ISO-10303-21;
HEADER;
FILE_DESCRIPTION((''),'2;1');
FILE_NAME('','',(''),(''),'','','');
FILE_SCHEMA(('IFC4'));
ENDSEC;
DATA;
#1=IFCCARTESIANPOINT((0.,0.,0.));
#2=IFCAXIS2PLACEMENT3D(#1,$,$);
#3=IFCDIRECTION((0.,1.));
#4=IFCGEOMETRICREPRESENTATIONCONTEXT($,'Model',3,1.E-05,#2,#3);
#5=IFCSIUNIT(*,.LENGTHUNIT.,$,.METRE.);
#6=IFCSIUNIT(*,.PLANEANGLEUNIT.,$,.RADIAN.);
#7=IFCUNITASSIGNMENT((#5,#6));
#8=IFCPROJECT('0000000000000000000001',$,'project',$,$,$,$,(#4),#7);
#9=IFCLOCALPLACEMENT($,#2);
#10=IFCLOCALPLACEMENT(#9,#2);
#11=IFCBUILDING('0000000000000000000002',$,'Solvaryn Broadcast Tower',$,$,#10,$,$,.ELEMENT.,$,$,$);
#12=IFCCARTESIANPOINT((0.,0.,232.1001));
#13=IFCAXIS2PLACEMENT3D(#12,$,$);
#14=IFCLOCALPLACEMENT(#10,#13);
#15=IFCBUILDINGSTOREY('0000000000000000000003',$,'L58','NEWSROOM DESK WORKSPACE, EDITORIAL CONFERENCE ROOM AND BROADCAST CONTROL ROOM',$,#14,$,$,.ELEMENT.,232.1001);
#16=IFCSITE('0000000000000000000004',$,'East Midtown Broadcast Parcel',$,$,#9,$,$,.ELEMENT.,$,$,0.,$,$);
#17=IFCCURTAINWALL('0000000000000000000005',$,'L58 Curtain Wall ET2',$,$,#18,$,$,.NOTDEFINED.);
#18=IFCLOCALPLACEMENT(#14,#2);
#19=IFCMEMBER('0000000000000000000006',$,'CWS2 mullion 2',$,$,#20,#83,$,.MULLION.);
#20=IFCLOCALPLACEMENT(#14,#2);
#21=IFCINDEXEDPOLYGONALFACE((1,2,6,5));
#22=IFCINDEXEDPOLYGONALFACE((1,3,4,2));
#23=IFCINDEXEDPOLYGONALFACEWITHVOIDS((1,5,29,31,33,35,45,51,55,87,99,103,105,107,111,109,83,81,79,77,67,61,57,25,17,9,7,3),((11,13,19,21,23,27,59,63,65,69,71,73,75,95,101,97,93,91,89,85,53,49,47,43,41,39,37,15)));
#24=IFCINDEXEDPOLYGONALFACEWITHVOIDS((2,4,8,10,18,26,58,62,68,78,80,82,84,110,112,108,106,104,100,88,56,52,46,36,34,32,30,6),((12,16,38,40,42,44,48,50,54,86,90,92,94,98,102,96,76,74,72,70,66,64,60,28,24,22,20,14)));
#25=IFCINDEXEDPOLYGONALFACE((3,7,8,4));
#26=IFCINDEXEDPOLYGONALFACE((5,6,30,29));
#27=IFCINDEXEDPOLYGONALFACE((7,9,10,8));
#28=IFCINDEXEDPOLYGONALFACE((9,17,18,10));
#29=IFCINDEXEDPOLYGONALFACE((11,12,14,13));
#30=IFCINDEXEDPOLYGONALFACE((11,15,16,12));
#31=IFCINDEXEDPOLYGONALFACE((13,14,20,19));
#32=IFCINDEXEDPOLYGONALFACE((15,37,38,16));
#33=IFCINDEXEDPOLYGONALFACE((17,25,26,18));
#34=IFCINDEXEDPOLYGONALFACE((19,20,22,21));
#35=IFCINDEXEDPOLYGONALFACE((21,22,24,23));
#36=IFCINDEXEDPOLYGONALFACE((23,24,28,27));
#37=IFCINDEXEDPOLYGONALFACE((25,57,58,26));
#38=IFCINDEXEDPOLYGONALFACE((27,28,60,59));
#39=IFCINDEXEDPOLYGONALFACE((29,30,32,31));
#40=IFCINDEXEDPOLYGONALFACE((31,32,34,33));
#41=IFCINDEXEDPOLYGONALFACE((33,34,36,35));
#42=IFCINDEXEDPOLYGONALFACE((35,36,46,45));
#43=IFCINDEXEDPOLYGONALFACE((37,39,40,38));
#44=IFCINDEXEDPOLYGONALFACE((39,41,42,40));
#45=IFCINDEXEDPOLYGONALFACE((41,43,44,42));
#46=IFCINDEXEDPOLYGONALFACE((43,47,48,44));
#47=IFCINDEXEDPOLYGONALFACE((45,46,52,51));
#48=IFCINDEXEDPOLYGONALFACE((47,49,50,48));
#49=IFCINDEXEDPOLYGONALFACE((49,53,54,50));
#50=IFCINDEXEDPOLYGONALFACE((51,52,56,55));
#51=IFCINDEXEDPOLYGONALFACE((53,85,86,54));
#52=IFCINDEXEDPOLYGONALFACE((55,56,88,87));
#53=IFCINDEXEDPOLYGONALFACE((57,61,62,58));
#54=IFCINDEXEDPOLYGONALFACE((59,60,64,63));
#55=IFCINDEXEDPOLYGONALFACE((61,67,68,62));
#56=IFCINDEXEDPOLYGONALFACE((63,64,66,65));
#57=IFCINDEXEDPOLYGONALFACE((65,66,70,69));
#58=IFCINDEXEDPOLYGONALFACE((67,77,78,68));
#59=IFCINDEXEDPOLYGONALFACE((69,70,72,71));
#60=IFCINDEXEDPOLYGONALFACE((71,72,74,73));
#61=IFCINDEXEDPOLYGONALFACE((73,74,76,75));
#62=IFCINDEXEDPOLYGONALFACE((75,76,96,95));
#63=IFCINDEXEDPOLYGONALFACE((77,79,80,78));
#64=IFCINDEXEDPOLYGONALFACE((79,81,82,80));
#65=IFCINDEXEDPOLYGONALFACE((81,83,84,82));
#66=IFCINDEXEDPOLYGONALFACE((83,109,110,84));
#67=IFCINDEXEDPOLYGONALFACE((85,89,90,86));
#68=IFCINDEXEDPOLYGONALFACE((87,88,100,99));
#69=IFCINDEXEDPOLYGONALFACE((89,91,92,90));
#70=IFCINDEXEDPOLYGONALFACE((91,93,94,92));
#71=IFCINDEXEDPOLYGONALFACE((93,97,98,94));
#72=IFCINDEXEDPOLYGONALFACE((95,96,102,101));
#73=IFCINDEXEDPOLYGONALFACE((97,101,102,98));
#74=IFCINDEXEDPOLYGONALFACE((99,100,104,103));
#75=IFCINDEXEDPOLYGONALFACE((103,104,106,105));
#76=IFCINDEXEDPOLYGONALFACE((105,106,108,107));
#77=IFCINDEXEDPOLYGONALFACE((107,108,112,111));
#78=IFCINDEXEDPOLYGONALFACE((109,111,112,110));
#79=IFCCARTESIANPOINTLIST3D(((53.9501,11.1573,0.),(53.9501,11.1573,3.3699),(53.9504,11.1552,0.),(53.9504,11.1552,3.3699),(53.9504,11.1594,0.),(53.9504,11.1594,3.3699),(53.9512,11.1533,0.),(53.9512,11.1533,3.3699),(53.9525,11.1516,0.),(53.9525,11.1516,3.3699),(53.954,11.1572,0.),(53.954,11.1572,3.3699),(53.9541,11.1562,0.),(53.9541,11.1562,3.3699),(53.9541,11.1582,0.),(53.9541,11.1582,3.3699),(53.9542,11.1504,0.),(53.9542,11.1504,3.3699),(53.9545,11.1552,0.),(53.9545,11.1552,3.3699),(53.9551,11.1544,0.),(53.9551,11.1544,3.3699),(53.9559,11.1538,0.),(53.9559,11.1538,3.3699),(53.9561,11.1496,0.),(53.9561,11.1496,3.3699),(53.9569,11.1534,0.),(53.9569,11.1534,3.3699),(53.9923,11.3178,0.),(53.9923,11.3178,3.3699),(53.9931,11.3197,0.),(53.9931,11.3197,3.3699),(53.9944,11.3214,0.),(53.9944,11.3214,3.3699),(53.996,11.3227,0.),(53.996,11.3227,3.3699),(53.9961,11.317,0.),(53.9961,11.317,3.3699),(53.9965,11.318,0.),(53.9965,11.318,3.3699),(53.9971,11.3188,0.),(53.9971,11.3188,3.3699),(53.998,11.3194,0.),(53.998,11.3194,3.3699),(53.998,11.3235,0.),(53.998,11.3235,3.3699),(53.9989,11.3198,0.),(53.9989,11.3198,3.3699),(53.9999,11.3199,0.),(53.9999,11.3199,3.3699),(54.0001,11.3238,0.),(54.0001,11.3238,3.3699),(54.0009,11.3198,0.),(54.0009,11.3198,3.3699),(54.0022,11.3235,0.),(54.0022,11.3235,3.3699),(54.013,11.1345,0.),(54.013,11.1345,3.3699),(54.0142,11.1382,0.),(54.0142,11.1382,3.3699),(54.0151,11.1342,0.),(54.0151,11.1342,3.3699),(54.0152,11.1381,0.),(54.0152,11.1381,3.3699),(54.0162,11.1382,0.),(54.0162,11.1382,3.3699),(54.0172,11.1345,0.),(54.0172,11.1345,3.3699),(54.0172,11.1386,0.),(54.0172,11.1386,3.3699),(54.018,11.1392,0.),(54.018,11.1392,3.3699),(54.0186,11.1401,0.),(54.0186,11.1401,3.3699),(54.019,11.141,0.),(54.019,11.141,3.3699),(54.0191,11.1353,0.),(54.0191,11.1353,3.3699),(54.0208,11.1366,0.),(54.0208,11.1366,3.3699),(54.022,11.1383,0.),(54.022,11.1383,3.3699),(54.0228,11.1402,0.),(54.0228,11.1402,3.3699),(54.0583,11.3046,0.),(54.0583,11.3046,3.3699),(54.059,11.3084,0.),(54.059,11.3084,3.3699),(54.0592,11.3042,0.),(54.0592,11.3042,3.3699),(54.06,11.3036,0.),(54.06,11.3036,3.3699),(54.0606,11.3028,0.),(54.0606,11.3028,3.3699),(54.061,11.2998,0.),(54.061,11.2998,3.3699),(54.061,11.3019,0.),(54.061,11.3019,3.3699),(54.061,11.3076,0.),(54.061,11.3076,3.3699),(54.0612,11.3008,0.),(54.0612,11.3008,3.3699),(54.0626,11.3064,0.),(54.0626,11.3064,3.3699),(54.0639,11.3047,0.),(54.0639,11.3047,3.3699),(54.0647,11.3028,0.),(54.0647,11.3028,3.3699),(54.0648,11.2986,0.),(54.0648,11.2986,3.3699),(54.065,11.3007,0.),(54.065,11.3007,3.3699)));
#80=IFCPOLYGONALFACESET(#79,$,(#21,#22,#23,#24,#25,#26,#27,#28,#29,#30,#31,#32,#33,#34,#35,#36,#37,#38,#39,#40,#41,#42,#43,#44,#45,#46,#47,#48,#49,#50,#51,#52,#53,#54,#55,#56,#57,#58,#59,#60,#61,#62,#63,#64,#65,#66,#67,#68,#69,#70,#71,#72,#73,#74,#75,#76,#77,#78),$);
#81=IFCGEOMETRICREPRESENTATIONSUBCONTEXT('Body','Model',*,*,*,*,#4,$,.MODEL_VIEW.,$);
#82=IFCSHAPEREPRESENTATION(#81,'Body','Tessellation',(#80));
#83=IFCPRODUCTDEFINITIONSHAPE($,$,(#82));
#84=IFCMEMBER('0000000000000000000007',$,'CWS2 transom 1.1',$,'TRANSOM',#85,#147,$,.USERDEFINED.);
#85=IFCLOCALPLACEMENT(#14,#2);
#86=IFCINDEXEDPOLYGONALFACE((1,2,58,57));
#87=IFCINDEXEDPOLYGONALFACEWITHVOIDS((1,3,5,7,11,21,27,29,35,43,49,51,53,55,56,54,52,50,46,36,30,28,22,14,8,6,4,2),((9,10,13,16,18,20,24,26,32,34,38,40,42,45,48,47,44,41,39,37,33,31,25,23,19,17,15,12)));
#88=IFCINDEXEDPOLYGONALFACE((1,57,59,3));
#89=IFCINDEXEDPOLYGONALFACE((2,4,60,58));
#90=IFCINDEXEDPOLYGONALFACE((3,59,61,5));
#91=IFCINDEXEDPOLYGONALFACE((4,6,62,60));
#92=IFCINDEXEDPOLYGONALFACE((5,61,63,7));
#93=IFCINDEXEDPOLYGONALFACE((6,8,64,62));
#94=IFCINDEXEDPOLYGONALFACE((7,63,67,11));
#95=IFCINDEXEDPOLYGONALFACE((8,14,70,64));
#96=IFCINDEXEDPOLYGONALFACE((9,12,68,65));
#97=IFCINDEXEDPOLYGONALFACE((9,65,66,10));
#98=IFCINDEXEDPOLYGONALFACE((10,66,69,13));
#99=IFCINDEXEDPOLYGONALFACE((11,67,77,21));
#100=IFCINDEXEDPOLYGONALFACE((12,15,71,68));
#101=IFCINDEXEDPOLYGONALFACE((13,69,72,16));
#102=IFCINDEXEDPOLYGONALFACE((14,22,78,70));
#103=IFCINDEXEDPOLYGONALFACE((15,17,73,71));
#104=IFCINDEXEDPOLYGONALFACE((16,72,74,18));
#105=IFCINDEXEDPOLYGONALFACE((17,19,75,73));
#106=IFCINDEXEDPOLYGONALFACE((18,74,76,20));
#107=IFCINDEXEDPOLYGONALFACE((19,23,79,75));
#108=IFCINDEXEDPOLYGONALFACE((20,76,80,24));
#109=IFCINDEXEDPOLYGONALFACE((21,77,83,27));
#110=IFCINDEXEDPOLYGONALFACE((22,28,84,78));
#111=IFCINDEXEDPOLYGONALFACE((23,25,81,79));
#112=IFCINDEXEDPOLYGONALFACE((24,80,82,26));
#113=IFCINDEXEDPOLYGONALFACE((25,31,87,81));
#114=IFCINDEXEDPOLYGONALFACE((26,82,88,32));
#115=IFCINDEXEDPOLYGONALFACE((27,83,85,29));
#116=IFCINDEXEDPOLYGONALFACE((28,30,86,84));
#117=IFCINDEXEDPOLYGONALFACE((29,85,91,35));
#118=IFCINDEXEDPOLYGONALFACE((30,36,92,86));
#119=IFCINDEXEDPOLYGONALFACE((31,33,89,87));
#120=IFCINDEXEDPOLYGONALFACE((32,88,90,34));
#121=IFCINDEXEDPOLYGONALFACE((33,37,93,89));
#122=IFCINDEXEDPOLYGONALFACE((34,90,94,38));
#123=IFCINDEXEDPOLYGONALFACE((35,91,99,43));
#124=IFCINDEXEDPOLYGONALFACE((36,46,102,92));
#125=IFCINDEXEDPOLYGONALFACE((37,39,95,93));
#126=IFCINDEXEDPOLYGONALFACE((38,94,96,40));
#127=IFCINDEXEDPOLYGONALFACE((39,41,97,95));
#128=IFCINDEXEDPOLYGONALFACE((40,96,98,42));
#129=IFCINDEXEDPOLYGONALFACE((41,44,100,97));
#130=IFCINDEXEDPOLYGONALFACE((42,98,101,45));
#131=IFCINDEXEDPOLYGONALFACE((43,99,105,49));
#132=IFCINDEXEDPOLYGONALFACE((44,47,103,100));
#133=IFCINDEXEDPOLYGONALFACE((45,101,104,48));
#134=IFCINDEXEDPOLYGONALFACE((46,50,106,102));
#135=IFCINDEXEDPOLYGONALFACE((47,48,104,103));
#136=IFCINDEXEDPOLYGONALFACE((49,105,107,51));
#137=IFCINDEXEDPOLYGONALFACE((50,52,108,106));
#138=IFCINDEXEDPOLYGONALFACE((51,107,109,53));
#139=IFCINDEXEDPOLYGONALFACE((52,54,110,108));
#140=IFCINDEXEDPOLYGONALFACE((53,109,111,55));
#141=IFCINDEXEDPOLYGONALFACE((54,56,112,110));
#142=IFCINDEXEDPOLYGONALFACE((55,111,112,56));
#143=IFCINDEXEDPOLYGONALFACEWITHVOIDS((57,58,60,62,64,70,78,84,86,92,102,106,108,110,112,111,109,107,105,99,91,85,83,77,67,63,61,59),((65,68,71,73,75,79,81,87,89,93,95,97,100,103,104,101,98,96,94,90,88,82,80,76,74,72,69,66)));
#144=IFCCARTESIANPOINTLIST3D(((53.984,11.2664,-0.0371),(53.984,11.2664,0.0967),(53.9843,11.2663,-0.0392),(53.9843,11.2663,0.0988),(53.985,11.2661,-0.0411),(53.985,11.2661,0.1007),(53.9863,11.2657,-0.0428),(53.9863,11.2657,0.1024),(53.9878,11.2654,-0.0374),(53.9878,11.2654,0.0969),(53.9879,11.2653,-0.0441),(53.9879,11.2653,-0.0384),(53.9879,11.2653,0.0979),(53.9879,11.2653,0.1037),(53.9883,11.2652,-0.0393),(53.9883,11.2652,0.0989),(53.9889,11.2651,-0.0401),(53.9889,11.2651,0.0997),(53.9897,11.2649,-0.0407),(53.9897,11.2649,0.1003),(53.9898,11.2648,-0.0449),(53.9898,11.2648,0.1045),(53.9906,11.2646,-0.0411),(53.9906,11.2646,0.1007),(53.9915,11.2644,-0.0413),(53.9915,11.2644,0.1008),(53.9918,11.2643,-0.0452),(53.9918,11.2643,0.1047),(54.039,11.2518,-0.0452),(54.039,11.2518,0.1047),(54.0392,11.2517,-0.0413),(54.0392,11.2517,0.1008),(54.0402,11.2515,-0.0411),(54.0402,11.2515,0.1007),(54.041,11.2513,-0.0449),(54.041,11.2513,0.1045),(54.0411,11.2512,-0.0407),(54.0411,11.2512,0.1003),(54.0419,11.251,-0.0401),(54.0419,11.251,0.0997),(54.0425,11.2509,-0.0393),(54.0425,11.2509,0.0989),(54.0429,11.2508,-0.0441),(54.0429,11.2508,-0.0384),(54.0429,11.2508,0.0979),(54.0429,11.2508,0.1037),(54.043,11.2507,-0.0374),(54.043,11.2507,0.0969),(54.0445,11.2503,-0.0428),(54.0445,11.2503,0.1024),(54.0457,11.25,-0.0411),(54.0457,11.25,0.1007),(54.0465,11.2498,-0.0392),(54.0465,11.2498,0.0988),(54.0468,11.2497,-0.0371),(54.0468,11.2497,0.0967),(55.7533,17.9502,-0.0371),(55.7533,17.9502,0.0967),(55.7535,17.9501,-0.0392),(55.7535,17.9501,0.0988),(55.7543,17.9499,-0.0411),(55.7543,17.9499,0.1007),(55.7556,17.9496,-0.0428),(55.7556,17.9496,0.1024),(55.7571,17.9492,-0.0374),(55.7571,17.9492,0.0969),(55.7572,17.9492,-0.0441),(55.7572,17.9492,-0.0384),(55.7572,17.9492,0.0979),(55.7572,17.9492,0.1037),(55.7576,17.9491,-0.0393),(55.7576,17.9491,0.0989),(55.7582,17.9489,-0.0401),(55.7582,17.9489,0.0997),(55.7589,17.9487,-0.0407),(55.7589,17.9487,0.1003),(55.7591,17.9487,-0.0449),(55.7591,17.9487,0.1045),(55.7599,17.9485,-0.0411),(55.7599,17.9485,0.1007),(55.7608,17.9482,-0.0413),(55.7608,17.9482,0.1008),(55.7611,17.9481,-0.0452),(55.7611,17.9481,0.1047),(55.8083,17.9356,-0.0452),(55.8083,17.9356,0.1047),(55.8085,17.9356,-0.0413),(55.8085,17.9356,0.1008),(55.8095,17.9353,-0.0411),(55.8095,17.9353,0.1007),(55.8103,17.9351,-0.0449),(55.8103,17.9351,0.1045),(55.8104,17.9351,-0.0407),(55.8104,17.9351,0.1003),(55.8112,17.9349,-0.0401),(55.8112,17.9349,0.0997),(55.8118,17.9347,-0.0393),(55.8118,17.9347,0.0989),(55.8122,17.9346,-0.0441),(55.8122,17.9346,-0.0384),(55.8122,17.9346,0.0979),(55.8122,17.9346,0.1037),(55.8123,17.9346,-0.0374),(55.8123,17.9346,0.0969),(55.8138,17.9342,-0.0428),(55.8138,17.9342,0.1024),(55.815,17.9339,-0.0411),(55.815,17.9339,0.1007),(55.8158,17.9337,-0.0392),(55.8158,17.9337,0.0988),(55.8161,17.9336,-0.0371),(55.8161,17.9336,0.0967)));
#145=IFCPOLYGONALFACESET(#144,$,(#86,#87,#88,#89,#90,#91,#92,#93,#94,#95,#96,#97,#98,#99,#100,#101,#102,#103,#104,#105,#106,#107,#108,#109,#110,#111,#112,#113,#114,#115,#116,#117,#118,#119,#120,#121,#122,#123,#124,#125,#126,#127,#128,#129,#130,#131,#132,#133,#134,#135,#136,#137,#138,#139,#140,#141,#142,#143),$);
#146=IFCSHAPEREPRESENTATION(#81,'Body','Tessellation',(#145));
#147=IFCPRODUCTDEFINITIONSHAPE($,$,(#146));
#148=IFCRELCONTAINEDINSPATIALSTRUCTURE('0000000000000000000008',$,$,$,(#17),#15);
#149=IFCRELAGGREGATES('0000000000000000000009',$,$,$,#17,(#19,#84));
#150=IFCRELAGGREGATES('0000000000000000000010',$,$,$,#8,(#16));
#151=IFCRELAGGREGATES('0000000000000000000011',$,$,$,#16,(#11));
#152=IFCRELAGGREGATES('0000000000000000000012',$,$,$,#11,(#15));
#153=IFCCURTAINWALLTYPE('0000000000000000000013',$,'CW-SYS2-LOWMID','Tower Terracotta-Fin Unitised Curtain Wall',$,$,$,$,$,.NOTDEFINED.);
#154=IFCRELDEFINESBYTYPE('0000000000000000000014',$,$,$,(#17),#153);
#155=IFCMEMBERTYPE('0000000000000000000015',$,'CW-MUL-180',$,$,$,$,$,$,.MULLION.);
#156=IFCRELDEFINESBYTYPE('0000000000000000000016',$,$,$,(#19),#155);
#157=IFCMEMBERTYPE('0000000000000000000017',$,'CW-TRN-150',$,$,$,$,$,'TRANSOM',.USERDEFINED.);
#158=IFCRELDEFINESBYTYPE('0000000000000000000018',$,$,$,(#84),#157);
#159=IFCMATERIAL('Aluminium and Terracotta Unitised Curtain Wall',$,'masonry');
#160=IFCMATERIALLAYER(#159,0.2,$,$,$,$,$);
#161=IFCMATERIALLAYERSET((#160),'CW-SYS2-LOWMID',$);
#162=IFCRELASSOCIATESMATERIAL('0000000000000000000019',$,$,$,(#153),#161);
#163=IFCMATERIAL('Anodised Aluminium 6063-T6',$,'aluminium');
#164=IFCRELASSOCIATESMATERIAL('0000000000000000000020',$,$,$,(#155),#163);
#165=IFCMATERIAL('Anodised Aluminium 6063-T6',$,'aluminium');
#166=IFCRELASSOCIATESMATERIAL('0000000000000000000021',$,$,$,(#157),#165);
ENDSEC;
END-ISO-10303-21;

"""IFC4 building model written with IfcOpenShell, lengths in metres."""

from ifc_helpers import new_model, si_unit, direction, frame, origin, origin_2d, place, context, subcontext, project, spatial, hollow_rectangle, extrude, material, layer, layer_set, material_profile, profile_set, type_object, element, aggregate, save


model = new_model("IFC4")

# Units and contexts
model_context = context("Model", 3, precision=1e-05, world=origin(), true_north=direction((0.0, 1.0)))
body_context = subcontext(model_context, "Body", "Model", "MODEL_VIEW")
ifc_project = project(units=[si_unit("LENGTHUNIT", "METRE"), si_unit("PLANEANGLEUNIT", "RADIAN")], contexts=[model_context])

# Site, building, storey
site_placement = place(None, origin())
site = spatial("IfcSite", under=ifc_project, at=site_placement, Name="East Midtown Broadcast Parcel", CompositionType="ELEMENT", RefElevation=0.0)
building_placement = place(site_placement, origin())
building = spatial("IfcBuilding", under=site, at=building_placement, Name="Solvaryn Broadcast Tower", CompositionType="ELEMENT")
storey_placement = place(building_placement, frame((0.0, 0.0, 232.1001)))
storey = spatial("IfcBuildingStorey", under=building, at=storey_placement, Name="L58", Description="NEWSROOM DESK WORKSPACE, EDITORIAL CONFERENCE ROOM AND BROADCAST CONTROL ROOM", CompositionType="ELEMENT", Elevation=232.1001)

# Shared definitions
ifc_material_1 = material(Name="Aluminium and Terracotta Unitised Curtain Wall", Category="masonry")
ifc_layer_1 = layer(ifc_material_1, 0.2)
ifc_layer_set_1 = layer_set([ifc_layer_1], Name="CW-SYS2-LOWMID")
curtain_wall_type = type_object("IfcCurtainWallType", Name="CW-SYS2-LOWMID", Description="Tower Terracotta-Fin Unitised Curtain Wall", PredefinedType="NOTDEFINED", material=ifc_layer_set_1)
ifc_material_2 = material(Name="Anodised Aluminium 6063-T6", Category="aluminium")
ifc_material_profile_1 = material_profile(ifc_material_2, hollow_rectangle(XDim=0.075, YDim=0.1799, WallThickness=0.0039, InnerFilletRadius=0.0039, OuterFilletRadius=0.0081, at=origin_2d()))
ifc_profile_set_1 = profile_set([ifc_material_profile_1], Name="Anodised Aluminium 6063-T6")
member_type_1 = type_object("IfcMemberType", Name="CW-MUL-180", PredefinedType="MULLION", material=ifc_profile_set_1)

# Curtain wall, members
curtain_wall_1_placement = place(storey_placement, origin())
curtain_wall_1 = element("IfcCurtainWall", 1, at=curtain_wall_1_placement, inside=storey, type_object=curtain_wall_type, Name="L58 Curtain Wall ET2", PredefinedType="NOTDEFINED")
member_1_placement = place(storey_placement, frame((54.0076, 11.229, 0.0), z_axis=(0.0, 0.0, 1.0), x_axis=(0.966705, -0.255893, 0.0)))
member_1 = element("IfcMember", 2, at=member_1_placement, type_object=member_type_1, Name="CWS2 mullion 2", PredefinedType="MULLION", context=body_context, shape_type="SweptSolid", body=[
    extrude(hollow_rectangle(XDim=0.075, YDim=0.1799, WallThickness=0.0039, InnerFilletRadius=0.0039, OuterFilletRadius=0.0081, at=origin_2d()), origin(), (0.0, 0.0, 1.0), 3.3699),
])
ifc_material_3 = material(Name="Anodised Aluminium 6063-T6", Category="aluminium")
ifc_material_profile_2 = material_profile(ifc_material_3, hollow_rectangle(XDim=0.0649, YDim=0.1499, WallThickness=0.0039, InnerFilletRadius=0.0039, OuterFilletRadius=0.0081, at=origin_2d()))
ifc_profile_set_2 = profile_set([ifc_material_profile_2], Name="Anodised Aluminium 6063-T6")
member_type_2 = type_object("IfcMemberType", Name="CW-TRN-150", ElementType="TRANSOM", PredefinedType="USERDEFINED", material=ifc_profile_set_2)
member_2_placement = place(storey_placement, frame((55.7847, 17.9419, 0.0298), z_axis=(-0.255897, -0.966704, 0.0), x_axis=(0.966704, -0.255897, 0.0)))
member_2 = element("IfcMember", 3, at=member_2_placement, type_object=member_type_2, Name="CWS2 transom 1.1", ObjectType="TRANSOM", PredefinedType="USERDEFINED", context=body_context, shape_type="SweptSolid", body=[
    extrude(hollow_rectangle(XDim=0.0649, YDim=0.1499, WallThickness=0.0039, InnerFilletRadius=0.0039, OuterFilletRadius=0.0081, at=origin_2d()), origin(), (0.0, 0.0, 1.0), 6.9141),
])

aggregate(curtain_wall_1, [member_1, member_2])

save(model, "model.ifc")
